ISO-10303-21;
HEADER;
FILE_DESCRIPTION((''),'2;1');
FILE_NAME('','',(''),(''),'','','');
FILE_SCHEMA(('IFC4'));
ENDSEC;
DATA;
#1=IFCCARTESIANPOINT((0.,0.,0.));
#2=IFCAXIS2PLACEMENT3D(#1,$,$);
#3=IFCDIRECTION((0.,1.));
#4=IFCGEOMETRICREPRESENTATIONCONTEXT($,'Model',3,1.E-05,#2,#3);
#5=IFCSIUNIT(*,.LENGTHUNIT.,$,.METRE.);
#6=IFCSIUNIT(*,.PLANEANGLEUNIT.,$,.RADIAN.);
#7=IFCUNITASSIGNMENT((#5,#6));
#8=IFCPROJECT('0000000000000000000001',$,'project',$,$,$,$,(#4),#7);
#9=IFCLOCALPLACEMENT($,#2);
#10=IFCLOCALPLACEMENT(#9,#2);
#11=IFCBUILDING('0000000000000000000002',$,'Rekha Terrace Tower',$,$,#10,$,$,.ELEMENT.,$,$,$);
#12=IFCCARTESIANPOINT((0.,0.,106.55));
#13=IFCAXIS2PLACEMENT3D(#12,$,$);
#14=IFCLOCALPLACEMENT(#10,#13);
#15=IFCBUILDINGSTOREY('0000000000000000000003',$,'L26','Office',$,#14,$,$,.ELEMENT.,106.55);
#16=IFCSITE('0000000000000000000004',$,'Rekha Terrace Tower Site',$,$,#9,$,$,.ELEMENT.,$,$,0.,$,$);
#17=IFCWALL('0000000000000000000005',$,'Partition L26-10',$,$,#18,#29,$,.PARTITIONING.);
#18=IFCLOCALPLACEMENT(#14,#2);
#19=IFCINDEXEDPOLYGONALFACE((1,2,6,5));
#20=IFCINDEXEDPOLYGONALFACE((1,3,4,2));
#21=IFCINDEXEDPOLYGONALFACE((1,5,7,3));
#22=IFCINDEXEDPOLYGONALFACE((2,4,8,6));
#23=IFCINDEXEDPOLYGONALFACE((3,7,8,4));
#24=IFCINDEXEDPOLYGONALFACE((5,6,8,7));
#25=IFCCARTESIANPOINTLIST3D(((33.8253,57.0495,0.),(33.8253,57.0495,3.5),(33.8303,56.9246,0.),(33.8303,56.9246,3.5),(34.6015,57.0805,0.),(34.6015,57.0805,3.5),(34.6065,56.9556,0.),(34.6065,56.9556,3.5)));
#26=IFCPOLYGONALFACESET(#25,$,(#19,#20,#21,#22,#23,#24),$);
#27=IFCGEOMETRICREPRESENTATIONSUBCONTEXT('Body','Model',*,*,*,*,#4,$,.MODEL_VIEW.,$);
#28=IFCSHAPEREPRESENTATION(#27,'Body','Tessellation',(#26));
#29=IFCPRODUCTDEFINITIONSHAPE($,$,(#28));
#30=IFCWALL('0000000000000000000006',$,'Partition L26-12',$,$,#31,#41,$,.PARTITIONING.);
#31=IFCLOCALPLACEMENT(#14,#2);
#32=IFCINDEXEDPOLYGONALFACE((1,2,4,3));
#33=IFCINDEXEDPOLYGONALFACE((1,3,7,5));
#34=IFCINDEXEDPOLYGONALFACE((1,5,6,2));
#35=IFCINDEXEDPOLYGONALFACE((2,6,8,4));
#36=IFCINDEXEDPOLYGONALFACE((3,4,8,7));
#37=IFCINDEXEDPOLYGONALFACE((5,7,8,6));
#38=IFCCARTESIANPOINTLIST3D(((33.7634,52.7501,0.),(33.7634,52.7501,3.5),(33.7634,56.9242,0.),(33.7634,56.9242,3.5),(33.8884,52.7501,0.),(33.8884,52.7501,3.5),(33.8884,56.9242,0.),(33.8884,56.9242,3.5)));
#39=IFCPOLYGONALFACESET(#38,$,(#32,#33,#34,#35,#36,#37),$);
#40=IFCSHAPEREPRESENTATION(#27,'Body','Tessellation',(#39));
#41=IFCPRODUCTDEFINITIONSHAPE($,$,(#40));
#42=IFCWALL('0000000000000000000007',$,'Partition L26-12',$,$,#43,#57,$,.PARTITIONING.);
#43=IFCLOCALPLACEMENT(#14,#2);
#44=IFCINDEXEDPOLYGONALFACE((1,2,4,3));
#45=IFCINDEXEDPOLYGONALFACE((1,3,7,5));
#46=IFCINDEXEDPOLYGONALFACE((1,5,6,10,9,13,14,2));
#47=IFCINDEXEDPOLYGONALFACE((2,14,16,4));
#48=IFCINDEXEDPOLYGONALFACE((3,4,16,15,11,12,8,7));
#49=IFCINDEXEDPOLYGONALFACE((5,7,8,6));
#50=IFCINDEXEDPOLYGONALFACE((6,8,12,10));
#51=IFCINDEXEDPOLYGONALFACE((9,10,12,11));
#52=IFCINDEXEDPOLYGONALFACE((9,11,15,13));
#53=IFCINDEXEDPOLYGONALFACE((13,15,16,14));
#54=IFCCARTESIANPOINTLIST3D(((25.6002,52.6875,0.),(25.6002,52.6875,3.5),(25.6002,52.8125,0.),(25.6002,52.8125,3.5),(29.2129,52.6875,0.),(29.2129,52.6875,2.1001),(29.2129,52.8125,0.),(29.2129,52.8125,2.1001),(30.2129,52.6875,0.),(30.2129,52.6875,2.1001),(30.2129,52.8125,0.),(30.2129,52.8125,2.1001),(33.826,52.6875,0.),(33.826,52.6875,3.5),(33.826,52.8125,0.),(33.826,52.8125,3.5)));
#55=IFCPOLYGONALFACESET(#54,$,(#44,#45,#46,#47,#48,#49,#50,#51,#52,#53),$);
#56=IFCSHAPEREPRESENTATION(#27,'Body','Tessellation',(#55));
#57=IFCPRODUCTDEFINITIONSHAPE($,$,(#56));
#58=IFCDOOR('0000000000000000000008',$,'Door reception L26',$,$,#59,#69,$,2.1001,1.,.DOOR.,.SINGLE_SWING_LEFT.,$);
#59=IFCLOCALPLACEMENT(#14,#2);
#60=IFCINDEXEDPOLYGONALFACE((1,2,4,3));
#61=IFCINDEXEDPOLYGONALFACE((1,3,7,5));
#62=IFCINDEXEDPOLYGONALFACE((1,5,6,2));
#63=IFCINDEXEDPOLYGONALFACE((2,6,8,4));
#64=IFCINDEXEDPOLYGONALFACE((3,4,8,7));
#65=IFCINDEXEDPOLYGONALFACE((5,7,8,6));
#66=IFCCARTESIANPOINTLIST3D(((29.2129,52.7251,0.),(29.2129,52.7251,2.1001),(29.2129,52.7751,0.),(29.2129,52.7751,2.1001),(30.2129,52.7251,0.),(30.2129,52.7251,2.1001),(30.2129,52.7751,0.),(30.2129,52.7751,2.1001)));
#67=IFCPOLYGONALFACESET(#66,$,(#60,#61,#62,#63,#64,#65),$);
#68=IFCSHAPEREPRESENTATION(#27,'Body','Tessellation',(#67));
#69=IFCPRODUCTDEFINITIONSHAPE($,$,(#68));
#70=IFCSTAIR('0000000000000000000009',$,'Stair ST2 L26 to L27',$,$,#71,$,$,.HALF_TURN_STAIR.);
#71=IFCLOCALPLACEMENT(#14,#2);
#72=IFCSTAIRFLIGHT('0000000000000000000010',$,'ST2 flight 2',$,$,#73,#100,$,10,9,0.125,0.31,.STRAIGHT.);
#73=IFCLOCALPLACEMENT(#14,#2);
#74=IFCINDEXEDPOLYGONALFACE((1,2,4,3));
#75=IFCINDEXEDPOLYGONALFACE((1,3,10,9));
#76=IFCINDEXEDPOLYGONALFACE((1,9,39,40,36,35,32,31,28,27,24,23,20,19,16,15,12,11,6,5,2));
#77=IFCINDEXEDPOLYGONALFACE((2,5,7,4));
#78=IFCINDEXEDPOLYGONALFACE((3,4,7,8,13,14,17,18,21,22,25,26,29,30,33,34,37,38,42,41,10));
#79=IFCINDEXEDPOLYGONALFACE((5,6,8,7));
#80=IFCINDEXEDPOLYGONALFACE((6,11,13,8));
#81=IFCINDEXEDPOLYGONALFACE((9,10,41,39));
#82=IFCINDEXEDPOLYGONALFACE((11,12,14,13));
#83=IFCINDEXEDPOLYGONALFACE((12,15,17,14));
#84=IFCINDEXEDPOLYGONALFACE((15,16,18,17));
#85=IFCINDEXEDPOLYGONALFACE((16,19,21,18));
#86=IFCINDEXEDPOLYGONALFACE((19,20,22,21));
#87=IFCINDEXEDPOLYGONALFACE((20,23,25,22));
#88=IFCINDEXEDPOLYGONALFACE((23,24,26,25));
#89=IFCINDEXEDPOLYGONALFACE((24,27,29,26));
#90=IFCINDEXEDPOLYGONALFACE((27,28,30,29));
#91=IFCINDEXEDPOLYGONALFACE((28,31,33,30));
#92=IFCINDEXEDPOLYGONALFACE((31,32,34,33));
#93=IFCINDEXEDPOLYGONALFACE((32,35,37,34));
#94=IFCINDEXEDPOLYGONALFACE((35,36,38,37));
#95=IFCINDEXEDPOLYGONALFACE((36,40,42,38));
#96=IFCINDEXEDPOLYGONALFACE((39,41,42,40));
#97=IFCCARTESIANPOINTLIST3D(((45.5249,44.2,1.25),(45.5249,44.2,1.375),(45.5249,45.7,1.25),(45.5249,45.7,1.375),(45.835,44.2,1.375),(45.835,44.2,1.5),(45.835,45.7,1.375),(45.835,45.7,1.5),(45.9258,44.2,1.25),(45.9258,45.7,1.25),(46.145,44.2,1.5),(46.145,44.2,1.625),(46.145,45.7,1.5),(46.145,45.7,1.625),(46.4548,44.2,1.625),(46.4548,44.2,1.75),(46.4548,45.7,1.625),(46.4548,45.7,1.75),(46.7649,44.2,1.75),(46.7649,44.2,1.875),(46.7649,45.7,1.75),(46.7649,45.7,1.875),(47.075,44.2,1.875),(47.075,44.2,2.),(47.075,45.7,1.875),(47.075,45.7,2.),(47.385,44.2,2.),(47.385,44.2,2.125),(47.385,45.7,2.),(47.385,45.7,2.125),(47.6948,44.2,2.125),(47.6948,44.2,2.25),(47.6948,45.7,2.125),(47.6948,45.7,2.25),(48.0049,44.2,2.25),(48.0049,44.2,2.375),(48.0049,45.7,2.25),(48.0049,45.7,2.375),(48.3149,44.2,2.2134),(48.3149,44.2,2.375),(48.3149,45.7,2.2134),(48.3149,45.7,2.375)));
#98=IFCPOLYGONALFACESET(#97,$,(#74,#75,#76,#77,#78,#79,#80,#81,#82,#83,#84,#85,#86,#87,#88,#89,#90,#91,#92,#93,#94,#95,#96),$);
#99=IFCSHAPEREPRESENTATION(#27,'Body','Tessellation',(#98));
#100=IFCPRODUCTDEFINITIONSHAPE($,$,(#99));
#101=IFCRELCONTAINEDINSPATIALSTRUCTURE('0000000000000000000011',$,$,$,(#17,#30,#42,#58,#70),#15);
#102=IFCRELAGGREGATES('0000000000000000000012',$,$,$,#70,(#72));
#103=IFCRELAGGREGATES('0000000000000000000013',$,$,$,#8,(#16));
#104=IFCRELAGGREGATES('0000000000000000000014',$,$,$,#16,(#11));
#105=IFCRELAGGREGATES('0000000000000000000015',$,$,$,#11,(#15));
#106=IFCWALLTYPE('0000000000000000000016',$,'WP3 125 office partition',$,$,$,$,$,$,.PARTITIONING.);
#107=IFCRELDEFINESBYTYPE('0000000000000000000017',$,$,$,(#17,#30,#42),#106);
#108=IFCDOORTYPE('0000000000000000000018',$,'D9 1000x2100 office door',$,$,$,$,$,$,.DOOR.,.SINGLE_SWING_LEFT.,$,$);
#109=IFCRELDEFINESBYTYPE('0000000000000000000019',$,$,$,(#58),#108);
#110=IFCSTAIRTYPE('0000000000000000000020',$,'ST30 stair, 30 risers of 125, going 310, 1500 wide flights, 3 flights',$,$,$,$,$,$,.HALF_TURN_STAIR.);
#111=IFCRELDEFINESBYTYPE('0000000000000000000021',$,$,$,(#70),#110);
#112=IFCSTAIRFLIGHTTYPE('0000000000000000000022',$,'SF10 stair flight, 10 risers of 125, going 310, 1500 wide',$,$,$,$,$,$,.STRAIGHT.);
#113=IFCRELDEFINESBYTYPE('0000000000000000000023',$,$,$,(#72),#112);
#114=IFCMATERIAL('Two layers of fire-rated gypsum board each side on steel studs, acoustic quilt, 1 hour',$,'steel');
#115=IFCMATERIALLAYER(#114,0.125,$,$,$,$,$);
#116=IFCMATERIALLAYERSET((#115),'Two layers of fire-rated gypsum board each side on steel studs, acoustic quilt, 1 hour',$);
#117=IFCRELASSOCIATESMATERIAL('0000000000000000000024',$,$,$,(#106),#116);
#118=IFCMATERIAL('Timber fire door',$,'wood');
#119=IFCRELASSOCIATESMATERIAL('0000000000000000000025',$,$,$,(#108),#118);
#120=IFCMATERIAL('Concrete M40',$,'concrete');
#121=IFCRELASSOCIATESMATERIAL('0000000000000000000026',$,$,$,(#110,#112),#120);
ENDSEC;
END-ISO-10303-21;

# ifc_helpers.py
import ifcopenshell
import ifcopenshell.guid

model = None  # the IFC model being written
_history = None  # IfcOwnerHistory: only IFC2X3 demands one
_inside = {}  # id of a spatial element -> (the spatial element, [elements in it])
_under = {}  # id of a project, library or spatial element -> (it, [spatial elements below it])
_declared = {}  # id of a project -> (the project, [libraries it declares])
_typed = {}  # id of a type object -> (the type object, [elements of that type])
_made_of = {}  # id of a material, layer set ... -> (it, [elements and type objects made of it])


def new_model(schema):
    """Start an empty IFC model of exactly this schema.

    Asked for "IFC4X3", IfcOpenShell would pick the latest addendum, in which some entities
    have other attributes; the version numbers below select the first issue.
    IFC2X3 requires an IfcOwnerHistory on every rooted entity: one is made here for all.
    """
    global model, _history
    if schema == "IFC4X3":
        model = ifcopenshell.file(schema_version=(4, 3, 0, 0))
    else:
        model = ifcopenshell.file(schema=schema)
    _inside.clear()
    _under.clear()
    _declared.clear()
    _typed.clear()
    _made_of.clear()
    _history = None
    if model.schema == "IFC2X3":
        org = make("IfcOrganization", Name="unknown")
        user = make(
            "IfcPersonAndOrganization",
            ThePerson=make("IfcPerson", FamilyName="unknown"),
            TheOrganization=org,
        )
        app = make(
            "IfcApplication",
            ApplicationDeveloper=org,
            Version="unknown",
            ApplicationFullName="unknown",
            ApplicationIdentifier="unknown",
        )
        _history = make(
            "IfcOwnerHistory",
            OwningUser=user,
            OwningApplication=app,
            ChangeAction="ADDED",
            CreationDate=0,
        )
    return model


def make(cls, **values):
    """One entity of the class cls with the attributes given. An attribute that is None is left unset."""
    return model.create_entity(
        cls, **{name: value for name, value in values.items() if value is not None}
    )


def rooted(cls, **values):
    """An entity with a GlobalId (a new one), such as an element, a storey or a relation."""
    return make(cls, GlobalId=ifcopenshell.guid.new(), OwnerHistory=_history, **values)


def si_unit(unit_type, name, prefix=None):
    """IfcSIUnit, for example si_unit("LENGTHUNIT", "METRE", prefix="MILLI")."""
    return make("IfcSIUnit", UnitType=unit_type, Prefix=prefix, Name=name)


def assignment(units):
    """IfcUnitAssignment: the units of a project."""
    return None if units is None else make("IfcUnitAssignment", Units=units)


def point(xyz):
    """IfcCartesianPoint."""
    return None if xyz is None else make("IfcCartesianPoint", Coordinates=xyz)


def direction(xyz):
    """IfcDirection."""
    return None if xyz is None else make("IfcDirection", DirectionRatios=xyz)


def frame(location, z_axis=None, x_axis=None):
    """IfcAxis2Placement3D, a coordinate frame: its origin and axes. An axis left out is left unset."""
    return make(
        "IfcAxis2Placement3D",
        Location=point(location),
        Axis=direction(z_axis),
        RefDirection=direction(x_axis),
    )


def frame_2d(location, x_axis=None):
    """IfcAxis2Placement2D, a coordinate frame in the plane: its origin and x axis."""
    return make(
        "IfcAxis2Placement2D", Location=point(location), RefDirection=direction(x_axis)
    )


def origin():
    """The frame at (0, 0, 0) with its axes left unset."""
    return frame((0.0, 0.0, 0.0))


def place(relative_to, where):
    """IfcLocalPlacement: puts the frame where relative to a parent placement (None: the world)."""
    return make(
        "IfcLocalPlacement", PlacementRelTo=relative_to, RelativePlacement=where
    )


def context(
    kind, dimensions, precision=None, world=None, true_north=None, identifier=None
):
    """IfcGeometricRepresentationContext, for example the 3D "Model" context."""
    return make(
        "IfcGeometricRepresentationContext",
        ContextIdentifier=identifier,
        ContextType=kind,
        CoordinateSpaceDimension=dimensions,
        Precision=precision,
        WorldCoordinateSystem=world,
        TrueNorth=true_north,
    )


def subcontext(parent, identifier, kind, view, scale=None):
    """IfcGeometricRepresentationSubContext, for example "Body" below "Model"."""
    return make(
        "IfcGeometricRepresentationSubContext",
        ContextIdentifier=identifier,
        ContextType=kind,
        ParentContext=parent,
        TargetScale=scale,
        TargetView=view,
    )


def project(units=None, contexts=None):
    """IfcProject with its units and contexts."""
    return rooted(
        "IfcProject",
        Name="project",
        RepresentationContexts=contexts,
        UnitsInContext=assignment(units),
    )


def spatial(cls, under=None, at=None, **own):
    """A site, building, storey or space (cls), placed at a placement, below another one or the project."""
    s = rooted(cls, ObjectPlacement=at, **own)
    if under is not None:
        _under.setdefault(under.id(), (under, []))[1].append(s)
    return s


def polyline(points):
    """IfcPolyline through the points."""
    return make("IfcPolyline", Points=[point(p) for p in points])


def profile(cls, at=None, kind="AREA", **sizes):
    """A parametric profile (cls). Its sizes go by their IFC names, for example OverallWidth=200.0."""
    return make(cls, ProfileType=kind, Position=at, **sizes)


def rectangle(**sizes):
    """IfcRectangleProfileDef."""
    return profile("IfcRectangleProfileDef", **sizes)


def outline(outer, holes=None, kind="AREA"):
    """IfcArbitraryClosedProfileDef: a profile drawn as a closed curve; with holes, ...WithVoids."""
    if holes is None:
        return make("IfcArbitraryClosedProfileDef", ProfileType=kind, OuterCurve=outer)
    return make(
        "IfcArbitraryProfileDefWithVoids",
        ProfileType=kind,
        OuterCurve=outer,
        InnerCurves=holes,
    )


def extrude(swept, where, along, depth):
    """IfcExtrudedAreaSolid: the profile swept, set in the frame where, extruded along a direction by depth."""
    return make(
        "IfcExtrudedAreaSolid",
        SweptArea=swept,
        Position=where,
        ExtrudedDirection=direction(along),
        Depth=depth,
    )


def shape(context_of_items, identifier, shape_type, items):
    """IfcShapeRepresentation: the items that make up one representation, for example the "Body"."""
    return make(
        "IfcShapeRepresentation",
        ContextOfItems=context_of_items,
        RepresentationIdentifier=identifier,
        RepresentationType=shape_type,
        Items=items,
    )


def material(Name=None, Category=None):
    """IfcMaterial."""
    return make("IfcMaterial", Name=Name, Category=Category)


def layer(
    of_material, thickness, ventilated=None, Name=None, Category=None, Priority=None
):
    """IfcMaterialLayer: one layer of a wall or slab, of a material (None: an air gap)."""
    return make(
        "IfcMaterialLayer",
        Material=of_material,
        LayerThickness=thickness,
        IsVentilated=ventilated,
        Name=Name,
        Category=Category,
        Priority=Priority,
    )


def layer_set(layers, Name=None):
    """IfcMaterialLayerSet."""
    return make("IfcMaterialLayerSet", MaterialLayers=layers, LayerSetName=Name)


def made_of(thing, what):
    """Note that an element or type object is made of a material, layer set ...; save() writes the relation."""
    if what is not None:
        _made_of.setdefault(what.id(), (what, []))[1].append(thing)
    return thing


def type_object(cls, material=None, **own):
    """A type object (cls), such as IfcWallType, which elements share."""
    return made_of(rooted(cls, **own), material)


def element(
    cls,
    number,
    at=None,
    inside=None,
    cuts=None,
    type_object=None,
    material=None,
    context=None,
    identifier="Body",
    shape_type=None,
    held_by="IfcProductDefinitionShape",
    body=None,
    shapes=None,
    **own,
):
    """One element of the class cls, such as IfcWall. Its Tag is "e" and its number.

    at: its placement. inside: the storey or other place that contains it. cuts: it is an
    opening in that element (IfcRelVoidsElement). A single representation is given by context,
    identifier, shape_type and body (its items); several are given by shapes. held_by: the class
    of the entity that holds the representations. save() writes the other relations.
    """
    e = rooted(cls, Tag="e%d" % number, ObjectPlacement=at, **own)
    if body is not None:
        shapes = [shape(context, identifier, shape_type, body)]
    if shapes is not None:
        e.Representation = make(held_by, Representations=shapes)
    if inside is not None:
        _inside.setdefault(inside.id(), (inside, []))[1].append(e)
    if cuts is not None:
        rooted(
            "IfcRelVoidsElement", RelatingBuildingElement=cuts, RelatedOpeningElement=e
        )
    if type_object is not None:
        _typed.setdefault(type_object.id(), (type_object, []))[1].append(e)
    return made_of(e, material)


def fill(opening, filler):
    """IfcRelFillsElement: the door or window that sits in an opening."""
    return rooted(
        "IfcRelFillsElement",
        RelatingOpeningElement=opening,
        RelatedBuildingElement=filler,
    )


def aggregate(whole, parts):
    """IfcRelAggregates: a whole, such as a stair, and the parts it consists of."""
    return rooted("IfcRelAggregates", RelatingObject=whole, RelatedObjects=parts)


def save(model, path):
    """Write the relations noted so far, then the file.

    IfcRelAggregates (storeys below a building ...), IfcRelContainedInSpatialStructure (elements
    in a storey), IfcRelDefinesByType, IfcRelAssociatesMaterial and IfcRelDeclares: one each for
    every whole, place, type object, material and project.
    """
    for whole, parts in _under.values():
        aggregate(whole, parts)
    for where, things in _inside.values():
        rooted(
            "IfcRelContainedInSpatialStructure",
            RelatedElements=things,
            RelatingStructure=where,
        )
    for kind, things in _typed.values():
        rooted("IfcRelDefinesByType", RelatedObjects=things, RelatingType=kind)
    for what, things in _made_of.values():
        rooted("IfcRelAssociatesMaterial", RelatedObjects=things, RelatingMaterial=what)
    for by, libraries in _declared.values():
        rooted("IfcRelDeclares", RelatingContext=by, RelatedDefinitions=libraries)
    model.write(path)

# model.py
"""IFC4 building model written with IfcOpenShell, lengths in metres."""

from ifc_helpers import new_model, si_unit, direction, frame, frame_2d, origin, place, context, subcontext, project, spatial, polyline, rectangle, outline, extrude, material, layer, layer_set, type_object, element, fill, aggregate, save


model = new_model("IFC4")

# Units and contexts
model_context = context("Model", 3, precision=1e-05, world=origin(), true_north=direction((0.0, 1.0)))
body_context = subcontext(model_context, "Body", "Model", "MODEL_VIEW")
ifc_project = project(units=[si_unit("LENGTHUNIT", "METRE"), si_unit("PLANEANGLEUNIT", "RADIAN")], contexts=[model_context])

# Site, building, storey
site_placement = place(None, origin())
site = spatial("IfcSite", under=ifc_project, at=site_placement, Name="Rekha Terrace Tower Site", CompositionType="ELEMENT", RefElevation=0.0)
building_placement = place(site_placement, origin())
building = spatial("IfcBuilding", under=site, at=building_placement, Name="Rekha Terrace Tower", CompositionType="ELEMENT")
storey_placement = place(building_placement, frame((0.0, 0.0, 106.55)))
storey = spatial("IfcBuildingStorey", under=building, at=storey_placement, Name="L26", Description="Office", CompositionType="ELEMENT", Elevation=106.55)

# Shared definitions
ifc_material_1 = material(Name="Two layers of fire-rated gypsum board each side on steel studs, acoustic quilt, 1 hour", Category="steel")
ifc_layer_1 = layer(ifc_material_1, 0.125)
ifc_layer_set_1 = layer_set([ifc_layer_1], Name="Two layers of fire-rated gypsum board each side on steel studs, acoustic quilt, 1 hour")
wall_type_1 = type_object("IfcWallType", Name="WP3 125 office partition", PredefinedType="PARTITIONING", material=ifc_layer_set_1)

# Shared definitions
ifc_material_2 = material(Name="Timber fire door", Category="wood")
door_type_1 = type_object("IfcDoorType", Name="D9 1000x2100 office door", OperationType="SINGLE_SWING_LEFT", PredefinedType="DOOR", material=ifc_material_2)

# Walls
wall_1_placement = place(storey_placement, frame((34.604, 57.0181, 0.0), z_axis=(0.0, 0.0, 1.0), x_axis=(-0.999203, -0.039918, 0.0)))
element("IfcWall", 1, at=wall_1_placement, inside=storey, type_object=wall_type_1, Name="Partition L26-10", PredefinedType="PARTITIONING", context=body_context, shape_type="SweptSolid", body=[
    extrude(rectangle(XDim=0.7769, YDim=0.125, at=frame_2d((0.3884, 0.0))), origin(), (0.0, 0.0, 1.0), 3.5),
])
wall_2_placement = place(storey_placement, frame((33.8259, 56.9241, 0.0), z_axis=(0.0, 0.0, 1.0), x_axis=(0.0, -1.0, 0.0)))
element("IfcWall", 2, at=wall_2_placement, inside=storey, type_object=wall_type_1, Name="Partition L26-12", PredefinedType="PARTITIONING", context=body_context, shape_type="SweptSolid", body=[
    extrude(rectangle(XDim=4.1741, YDim=0.125, at=frame_2d((2.0869, 0.0))), origin(), (0.0, 0.0, 1.0), 3.5),
])

# Wall, opening, door
wall_3_placement = place(storey_placement, frame((33.8259, 52.75, 0.0), z_axis=(0.0, 0.0, 1.0), x_axis=(-1.0, 0.0, 0.0)))
wall_3 = element("IfcWall", 3, at=wall_3_placement, inside=storey, type_object=wall_type_1, Name="Partition L26-12", PredefinedType="PARTITIONING", context=body_context, shape_type="SweptSolid", body=[
    extrude(rectangle(XDim=8.2258, YDim=0.125, at=frame_2d((4.1128, 0.0))), origin(), (0.0, 0.0, 1.0), 3.5),
])
opening_1_placement = place(wall_3_placement, frame((3.613, 0.0, 0.0)))
opening_1 = element("IfcOpeningElement", 4, at=opening_1_placement, cuts=wall_3, PredefinedType="OPENING", context=body_context, shape_type="SweptSolid", body=[
    extrude(rectangle(XDim=1.0, YDim=2.1001, at=frame_2d((0.5, 1.05))), frame((0.0, 0.0725, 0.0), z_axis=(0.0, -1.0, 0.0), x_axis=(1.0, 0.0, 0.0)), (0.0, 0.0, 1.0), 0.145),
])
door_1_placement = place(opening_1_placement, origin())
door_1 = element("IfcDoor", 5, at=door_1_placement, inside=storey, type_object=door_type_1, Name="Door reception L26", OperationType="SINGLE_SWING_LEFT", OverallHeight=2.1001, OverallWidth=1.0, PredefinedType="DOOR", context=body_context, shape_type="SweptSolid", body=[
    extrude(rectangle(XDim=1.0, YDim=2.1001, at=frame_2d((0.5, 1.05))), frame((0.0, 0.0249, 0.0), z_axis=(0.0, -1.0, 0.0), x_axis=(1.0, 0.0, 0.0)), (0.0, 0.0, 1.0), 0.05),
])
fill(opening_1, door_1)

# Stair, stair flight
ifc_material_3 = material(Name="Concrete M40", Category="concrete")
stair_type = type_object("IfcStairType", Name="ST30 stair, 30 risers of 125, going 310, 1500 wide flights, 3 flights", PredefinedType="HALF_TURN_STAIR", material=ifc_material_3)
stair_placement = place(storey_placement, origin())
stair = element("IfcStair", 6, at=stair_placement, inside=storey, type_object=stair_type, Name="Stair ST2 L26 to L27", PredefinedType="HALF_TURN_STAIR")
stair_flight_type = type_object("IfcStairFlightType", Name="SF10 stair flight, 10 risers of 125, going 310, 1500 wide", PredefinedType="STRAIGHT", material=ifc_material_3)
stair_flight_placement = place(storey_placement, frame((45.5249, 44.95, 1.25), z_axis=(0.0, 0.0, 1.0), x_axis=(1.0, 0.0, 0.0)))
stair_flight = element("IfcStairFlight", 7, at=stair_flight_placement, type_object=stair_flight_type, Name="ST2 flight 2", NumberOfRisers=10, NumberOfTreads=9, PredefinedType="STRAIGHT", RiserHeight=0.125, TreadLength=0.31, context=body_context, shape_type="SweptSolid", body=[
    extrude(outline(polyline([(0.0, 0.0), (0.0, 0.125), (0.3101, 0.125), (0.3101, 0.25), (0.6201, 0.25), (0.6201, 0.375), (0.9299, 0.375), (0.9299, 0.5), (1.24, 0.5), (1.24, 0.625), (1.55, 0.625), (1.55, 0.75), (1.8601, 0.75), (1.8601, 0.875), (2.1699, 0.875), (2.1699, 1.0), (2.48, 1.0), (2.48, 1.125), (2.79, 1.125), (2.79, 1.25), (2.79, 0.9634), (0.4009, 0.0), (0.0, 0.0)])), frame((0.0, 0.75, 0.0), z_axis=(0.0, -1.0, 0.0), x_axis=(1.0, 0.0, 0.0)), (0.0, 0.0, 1.0), 1.5),
])
aggregate(stair, [stair_flight])

save(model, "model.ifc")
